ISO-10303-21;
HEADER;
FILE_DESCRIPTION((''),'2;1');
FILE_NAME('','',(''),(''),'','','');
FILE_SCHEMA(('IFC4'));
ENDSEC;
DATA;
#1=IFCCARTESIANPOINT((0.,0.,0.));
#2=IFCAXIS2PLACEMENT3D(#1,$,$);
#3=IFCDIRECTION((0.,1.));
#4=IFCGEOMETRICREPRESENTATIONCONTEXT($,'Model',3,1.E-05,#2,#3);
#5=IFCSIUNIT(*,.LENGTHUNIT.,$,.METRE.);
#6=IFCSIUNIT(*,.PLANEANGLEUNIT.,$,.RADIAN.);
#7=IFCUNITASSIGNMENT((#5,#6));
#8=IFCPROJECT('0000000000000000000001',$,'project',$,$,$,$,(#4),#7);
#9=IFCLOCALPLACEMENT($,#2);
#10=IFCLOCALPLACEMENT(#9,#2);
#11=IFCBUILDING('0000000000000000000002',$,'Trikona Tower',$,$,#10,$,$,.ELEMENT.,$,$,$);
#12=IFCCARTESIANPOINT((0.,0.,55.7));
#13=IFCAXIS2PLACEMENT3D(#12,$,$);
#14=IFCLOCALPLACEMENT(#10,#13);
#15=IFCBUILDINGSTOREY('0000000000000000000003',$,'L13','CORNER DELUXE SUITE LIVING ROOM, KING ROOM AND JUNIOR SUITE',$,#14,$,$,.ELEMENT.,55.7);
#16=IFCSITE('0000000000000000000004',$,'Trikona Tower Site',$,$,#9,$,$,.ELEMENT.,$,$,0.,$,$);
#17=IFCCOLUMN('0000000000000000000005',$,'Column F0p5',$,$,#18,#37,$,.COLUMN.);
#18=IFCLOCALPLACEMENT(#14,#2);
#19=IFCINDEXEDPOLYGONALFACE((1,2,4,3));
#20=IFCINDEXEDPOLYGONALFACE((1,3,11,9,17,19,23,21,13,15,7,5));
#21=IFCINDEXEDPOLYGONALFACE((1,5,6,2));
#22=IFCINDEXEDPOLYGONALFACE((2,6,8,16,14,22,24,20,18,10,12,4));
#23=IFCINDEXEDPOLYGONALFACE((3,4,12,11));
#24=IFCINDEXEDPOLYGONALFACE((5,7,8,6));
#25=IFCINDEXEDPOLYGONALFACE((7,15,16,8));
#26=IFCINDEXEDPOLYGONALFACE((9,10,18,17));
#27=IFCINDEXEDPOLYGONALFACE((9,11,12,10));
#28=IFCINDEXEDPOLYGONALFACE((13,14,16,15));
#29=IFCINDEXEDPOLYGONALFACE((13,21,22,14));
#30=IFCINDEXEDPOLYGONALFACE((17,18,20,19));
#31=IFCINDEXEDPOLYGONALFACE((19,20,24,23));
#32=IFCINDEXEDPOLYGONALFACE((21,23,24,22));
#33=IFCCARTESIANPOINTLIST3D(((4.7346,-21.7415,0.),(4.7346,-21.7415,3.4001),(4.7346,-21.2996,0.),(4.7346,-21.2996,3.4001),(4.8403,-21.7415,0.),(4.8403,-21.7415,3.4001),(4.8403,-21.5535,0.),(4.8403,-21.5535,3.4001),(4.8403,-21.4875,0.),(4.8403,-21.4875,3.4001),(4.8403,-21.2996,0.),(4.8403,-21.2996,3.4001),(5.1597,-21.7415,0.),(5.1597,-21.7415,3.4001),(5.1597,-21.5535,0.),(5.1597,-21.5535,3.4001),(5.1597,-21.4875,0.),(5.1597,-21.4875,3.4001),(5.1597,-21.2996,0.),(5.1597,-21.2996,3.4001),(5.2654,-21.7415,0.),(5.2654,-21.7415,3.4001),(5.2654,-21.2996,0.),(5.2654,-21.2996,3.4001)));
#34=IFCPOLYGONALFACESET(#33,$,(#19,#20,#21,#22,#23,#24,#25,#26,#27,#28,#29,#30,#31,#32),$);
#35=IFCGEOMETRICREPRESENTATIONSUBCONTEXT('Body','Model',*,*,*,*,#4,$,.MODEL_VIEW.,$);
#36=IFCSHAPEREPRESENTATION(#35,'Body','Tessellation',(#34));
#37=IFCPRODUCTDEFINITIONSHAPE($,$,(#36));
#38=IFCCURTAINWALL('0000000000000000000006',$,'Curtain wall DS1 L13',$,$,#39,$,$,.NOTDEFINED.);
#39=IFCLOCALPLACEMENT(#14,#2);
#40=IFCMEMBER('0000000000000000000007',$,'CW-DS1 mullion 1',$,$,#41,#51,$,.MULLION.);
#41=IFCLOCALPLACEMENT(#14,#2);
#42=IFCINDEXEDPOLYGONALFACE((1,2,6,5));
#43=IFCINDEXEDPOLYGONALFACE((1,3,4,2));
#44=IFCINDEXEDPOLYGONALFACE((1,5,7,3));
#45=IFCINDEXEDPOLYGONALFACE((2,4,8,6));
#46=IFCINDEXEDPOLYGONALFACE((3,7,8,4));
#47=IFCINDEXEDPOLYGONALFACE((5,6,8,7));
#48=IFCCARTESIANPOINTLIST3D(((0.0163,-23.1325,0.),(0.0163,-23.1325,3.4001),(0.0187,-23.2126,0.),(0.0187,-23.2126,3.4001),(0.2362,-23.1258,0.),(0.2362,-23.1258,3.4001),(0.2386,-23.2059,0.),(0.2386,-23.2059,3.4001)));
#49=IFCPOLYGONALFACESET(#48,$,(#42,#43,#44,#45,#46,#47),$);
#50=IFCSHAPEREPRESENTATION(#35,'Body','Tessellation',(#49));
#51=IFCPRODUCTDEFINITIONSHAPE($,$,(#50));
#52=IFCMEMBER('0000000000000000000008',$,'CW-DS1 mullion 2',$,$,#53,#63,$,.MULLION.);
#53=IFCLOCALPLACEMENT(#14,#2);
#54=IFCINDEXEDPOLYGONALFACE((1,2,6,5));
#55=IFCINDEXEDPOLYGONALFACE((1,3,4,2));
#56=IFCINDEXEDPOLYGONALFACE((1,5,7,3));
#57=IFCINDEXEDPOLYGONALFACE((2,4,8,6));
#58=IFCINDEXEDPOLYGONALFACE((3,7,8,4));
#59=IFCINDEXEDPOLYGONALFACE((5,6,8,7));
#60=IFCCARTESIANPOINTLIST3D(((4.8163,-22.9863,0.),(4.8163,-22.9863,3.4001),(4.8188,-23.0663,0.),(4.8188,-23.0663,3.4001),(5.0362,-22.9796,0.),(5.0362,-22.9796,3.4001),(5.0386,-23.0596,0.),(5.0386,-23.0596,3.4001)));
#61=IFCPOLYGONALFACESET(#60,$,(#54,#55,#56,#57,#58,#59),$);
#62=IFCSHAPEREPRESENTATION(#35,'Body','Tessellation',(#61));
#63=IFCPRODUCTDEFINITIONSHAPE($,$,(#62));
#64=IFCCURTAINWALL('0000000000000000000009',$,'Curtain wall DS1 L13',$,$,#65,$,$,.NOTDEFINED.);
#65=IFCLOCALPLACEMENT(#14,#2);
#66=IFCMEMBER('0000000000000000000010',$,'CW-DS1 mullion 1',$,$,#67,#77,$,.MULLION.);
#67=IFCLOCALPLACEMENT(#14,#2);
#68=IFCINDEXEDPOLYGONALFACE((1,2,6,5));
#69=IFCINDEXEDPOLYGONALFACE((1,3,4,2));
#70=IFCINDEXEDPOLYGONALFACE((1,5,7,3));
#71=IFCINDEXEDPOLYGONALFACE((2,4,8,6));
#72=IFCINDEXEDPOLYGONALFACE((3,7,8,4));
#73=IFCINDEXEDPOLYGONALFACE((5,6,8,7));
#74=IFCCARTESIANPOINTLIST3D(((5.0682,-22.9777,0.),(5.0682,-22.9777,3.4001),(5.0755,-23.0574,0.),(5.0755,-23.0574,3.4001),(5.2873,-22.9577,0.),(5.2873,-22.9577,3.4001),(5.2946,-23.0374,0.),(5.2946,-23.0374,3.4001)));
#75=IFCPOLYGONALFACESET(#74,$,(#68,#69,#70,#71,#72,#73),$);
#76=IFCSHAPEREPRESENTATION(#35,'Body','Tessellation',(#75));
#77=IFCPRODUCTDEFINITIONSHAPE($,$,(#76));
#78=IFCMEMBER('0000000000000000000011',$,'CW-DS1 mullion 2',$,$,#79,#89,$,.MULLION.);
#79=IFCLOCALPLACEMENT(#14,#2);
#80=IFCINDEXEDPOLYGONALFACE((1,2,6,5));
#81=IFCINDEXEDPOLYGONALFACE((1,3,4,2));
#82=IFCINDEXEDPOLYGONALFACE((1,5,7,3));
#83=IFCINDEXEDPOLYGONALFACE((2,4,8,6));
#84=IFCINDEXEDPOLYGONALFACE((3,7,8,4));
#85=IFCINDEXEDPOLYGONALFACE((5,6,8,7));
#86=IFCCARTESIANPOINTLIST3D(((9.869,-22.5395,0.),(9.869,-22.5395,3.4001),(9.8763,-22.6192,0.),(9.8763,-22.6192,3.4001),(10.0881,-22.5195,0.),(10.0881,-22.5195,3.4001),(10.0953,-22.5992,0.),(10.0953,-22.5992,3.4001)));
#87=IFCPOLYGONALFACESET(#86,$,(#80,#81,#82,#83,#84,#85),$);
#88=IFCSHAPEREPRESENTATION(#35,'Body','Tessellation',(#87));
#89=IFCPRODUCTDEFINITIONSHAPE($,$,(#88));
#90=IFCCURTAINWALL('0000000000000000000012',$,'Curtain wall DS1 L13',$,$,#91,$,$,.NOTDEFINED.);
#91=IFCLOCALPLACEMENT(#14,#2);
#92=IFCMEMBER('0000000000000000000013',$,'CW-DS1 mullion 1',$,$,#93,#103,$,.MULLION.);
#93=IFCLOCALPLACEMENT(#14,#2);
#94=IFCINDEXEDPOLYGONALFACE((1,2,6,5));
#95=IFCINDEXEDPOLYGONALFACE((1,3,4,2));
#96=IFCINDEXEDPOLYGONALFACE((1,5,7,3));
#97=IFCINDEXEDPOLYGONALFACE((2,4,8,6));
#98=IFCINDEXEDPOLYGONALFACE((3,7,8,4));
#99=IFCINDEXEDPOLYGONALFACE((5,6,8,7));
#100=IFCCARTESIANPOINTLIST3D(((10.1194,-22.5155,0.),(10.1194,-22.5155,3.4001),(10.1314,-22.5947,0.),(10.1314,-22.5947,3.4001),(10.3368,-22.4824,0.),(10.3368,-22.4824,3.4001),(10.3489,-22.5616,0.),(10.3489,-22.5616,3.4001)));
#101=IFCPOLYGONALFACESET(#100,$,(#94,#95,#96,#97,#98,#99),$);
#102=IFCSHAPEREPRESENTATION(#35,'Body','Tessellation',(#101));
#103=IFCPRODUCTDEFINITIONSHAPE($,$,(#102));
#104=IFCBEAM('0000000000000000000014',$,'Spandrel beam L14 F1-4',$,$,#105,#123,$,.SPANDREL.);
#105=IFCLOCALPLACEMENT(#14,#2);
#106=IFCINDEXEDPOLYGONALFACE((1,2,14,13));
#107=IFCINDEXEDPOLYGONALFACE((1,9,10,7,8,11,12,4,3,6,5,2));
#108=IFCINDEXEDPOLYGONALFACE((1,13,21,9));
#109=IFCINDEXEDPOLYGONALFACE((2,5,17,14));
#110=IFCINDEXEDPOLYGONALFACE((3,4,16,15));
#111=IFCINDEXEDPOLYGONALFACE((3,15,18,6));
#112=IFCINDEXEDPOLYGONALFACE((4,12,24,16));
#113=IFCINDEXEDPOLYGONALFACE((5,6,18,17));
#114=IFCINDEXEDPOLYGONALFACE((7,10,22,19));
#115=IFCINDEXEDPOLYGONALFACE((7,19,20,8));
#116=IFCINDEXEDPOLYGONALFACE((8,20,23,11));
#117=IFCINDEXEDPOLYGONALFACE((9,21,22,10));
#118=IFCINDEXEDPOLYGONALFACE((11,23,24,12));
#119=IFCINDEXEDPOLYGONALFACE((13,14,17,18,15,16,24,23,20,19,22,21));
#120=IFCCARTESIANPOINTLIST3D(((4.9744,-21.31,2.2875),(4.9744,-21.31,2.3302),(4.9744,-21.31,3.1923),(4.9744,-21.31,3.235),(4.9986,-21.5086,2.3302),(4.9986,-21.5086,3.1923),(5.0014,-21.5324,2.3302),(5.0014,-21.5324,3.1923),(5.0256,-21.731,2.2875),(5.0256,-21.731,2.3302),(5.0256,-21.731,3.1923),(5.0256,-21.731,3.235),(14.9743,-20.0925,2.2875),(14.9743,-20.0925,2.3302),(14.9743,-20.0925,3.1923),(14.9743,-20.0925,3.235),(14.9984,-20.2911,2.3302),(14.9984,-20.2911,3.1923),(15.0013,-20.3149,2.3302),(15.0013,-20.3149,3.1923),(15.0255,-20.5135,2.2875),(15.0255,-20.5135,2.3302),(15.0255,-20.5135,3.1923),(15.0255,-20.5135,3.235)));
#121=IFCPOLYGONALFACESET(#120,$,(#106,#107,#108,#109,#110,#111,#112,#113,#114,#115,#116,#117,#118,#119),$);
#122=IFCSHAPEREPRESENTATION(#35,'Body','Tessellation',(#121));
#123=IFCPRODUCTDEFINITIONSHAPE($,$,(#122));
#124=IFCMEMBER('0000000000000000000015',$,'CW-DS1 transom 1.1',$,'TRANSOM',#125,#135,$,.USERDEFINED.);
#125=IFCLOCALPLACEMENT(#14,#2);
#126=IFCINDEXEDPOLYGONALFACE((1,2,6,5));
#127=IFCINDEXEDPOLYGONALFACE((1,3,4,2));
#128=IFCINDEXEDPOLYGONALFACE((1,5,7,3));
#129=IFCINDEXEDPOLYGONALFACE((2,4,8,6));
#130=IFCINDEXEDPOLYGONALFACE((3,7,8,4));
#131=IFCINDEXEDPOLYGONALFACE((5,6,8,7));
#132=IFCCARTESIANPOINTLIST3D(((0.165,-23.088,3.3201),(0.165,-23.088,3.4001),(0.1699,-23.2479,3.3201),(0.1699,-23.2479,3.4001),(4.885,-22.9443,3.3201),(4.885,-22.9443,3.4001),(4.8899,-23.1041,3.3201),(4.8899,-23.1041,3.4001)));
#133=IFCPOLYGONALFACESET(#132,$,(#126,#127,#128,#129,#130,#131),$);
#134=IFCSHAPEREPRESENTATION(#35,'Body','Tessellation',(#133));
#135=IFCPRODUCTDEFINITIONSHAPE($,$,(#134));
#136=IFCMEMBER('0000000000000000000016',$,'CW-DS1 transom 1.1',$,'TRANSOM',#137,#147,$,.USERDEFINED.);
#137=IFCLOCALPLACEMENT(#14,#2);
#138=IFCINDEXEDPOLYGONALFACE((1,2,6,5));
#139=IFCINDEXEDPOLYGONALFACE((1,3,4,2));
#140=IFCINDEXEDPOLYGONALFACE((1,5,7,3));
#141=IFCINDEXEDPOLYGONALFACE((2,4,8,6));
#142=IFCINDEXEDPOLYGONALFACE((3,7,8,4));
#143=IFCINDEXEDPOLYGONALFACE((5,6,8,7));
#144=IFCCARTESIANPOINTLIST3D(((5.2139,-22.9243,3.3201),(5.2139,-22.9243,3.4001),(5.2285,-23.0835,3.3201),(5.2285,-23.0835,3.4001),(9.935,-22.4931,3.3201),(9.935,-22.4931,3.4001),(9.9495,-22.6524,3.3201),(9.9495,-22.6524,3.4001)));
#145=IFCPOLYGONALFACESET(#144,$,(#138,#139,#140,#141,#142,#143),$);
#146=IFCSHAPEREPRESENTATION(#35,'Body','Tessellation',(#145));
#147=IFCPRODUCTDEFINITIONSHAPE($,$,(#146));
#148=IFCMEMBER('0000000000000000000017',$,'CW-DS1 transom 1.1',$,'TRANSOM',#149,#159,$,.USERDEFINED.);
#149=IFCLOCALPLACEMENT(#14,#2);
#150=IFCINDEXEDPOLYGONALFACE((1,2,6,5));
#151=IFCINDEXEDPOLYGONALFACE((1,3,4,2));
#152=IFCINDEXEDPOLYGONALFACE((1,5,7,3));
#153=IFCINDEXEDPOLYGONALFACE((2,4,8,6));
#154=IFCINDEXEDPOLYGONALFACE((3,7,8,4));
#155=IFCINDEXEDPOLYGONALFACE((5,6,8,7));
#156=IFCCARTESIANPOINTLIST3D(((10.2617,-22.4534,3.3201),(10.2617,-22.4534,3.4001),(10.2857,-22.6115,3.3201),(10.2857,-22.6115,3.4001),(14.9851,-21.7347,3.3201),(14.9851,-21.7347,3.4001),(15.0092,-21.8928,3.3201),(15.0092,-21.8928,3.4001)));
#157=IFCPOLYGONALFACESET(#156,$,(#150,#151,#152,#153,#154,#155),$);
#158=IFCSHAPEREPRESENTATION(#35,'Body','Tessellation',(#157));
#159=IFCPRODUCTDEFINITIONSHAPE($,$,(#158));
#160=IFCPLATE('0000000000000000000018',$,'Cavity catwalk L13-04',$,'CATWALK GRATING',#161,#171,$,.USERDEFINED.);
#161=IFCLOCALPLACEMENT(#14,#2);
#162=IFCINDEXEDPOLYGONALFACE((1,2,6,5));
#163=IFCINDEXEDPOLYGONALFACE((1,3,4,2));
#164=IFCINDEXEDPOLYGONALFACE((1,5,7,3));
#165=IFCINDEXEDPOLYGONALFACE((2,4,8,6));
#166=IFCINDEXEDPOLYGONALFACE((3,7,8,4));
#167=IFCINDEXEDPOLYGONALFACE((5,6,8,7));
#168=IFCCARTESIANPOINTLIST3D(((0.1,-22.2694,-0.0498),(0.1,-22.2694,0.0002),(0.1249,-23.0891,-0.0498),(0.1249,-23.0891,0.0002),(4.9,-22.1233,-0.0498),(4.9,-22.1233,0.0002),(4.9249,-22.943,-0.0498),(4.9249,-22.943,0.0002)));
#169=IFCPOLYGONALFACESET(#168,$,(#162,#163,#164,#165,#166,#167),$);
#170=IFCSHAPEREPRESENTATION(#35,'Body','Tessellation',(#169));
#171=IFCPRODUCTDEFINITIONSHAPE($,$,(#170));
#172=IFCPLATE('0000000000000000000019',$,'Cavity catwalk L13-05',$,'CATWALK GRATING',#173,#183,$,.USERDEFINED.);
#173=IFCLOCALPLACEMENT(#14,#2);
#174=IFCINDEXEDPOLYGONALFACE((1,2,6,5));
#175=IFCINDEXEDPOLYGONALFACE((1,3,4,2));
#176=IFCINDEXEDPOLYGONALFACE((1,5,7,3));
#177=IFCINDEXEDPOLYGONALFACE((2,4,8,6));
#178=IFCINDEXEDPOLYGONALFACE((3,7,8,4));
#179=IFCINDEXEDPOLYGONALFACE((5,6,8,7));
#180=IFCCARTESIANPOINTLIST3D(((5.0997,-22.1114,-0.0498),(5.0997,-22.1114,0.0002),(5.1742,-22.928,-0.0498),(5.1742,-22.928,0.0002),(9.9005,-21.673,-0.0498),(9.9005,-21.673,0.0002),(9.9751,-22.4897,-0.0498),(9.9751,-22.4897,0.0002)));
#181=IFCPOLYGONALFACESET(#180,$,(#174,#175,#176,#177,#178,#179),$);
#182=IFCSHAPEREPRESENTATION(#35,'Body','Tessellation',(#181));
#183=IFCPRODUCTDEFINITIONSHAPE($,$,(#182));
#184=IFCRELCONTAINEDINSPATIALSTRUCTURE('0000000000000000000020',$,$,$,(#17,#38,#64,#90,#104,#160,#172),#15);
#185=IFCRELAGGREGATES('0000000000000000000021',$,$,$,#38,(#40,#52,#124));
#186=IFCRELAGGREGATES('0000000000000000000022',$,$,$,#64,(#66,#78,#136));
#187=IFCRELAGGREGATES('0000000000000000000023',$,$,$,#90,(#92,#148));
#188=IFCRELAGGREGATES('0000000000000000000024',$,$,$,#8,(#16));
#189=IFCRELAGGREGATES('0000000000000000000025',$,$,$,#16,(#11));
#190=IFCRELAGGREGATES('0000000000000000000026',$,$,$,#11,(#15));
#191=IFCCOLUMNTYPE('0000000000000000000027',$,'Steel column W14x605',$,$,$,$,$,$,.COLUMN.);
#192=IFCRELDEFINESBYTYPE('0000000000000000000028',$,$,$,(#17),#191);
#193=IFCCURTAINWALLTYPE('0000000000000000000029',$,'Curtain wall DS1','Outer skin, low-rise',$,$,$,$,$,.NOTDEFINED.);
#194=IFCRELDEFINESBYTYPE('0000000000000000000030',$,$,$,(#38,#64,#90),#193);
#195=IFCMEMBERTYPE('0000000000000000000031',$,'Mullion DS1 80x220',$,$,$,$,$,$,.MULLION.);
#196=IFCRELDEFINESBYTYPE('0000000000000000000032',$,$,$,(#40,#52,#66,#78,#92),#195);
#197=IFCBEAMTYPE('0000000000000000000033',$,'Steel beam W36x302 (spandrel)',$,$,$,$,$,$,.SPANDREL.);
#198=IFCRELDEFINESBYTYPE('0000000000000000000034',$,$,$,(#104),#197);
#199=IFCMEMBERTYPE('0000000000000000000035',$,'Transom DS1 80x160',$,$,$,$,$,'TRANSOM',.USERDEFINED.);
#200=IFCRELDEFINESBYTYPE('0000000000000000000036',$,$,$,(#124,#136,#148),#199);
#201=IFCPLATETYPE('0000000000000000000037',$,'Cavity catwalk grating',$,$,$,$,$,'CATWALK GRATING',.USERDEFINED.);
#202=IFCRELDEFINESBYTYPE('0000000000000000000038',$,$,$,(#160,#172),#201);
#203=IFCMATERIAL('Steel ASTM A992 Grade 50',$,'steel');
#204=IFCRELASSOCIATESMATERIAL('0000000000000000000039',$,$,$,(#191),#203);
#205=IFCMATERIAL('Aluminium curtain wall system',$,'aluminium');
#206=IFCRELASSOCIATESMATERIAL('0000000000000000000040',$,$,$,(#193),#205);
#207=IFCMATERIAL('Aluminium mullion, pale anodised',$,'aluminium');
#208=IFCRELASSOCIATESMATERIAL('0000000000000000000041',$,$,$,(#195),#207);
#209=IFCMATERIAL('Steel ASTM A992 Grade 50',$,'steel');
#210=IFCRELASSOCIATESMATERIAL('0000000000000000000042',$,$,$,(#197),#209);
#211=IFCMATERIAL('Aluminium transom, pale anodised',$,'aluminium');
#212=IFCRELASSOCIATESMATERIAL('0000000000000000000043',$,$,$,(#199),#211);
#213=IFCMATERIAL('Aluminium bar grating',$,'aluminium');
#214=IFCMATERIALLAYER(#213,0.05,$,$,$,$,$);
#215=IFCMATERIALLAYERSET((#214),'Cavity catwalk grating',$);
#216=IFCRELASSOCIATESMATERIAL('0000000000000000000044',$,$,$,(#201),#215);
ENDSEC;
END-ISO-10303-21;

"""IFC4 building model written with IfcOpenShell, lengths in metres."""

from ifc_helpers import new_model, si_unit, direction, frame, origin, origin_2d, place, context, subcontext, project, spatial, rectangle, i_section, extrude, material, layer, layer_set, material_profile, profile_set, type_object, element, aggregate, save


model = new_model("IFC4")

# Units and contexts
model_context = context("Model", 3, precision=1e-05, world=origin(), true_north=direction((0.0, 1.0)))
body_context = subcontext(model_context, "Body", "Model", "MODEL_VIEW")
ifc_project = project(units=[si_unit("LENGTHUNIT", "METRE"), si_unit("PLANEANGLEUNIT", "RADIAN")], contexts=[model_context])

# Site, building, storey
site_placement = place(None, origin())
site = spatial("IfcSite", under=ifc_project, at=site_placement, Name="Trikona Tower Site", CompositionType="ELEMENT", RefElevation=0.0)
building_placement = place(site_placement, origin())
building = spatial("IfcBuilding", under=site, at=building_placement, Name="Trikona Tower", CompositionType="ELEMENT")
storey_placement = place(building_placement, frame((0.0, 0.0, 55.7)))
storey = spatial("IfcBuildingStorey", under=building, at=storey_placement, Name="L13", Description="CORNER DELUXE SUITE LIVING ROOM, KING ROOM AND JUNIOR SUITE", CompositionType="ELEMENT", Elevation=55.7)

# Column
ifc_material_1 = material(Name="Steel ASTM A992 Grade 50", Category="steel")
ifc_material_profile_1 = material_profile(ifc_material_1, i_section(OverallWidth=0.4419, OverallDepth=0.5308, WebThickness=0.0659, FlangeThickness=0.1057, at=origin_2d()), Name="W14X605")
ifc_profile_set_1 = profile_set([ifc_material_profile_1], Name="Steel ASTM A992 Grade 50")
column_type = type_object("IfcColumnType", Name="Steel column W14x605", PredefinedType="COLUMN", material=ifc_profile_set_1)
column_placement = place(storey_placement, frame((5.0, -21.5205, 0.0), z_axis=(0.0, 0.0, 1.0), x_axis=(0.0, -1.0, 0.0)))
element("IfcColumn", 1, at=column_placement, inside=storey, type_object=column_type, Name="Column F0p5", PredefinedType="COLUMN", context=body_context, shape_type="SweptSolid", body=[
    extrude(i_section(OverallWidth=0.4419, OverallDepth=0.5308, WebThickness=0.0659, FlangeThickness=0.1057, at=origin_2d()), origin(), (0.0, 0.0, 1.0), 3.4001),
])

# Curtain walls, members
ifc_material_2 = material(Name="Aluminium curtain wall system", Category="aluminium")
curtain_wall_type = type_object("IfcCurtainWallType", Name="Curtain wall DS1", Description="Outer skin, low-rise", PredefinedType="NOTDEFINED", material=ifc_material_2)
curtain_wall_1_placement = place(storey_placement, origin())
curtain_wall_1 = element("IfcCurtainWall", 2, at=curtain_wall_1_placement, inside=storey, type_object=curtain_wall_type, Name="Curtain wall DS1 L13", PredefinedType="NOTDEFINED")
ifc_material_3 = material(Name="Aluminium mullion, pale anodised", Category="aluminium")
ifc_material_profile_2 = material_profile(ifc_material_3, rectangle(XDim=0.0801, YDim=0.22, at=origin_2d()), Name="MUL-DS1")
ifc_profile_set_2 = profile_set([ifc_material_profile_2], Name="Aluminium mullion, pale anodised")
member_type_1 = type_object("IfcMemberType", Name="Mullion DS1 80x220", PredefinedType="MULLION", material=ifc_profile_set_2)
member_1_placement = place(storey_placement, frame((0.1274, -23.1692, 0.0), z_axis=(0.0, 0.0, 1.0), x_axis=(-0.030437, 0.999537, 0.0)))
member_1 = element("IfcMember", 3, at=member_1_placement, type_object=member_type_1, Name="CW-DS1 mullion 1", PredefinedType="MULLION", context=body_context, shape_type="SweptSolid", body=[
    extrude(rectangle(XDim=0.0801, YDim=0.22, at=origin_2d()), origin(), (0.0, 0.0, 1.0), 3.4001),
])
member_2_placement = place(storey_placement, frame((4.9275, -23.0229, 0.0), z_axis=(0.0, 0.0, 1.0), x_axis=(-0.030437, 0.999537, 0.0)))
member_2 = element("IfcMember", 4, at=member_2_placement, type_object=member_type_1, Name="CW-DS1 mullion 2", PredefinedType="MULLION", context=body_context, shape_type="SweptSolid", body=[
    extrude(rectangle(XDim=0.0801, YDim=0.22, at=origin_2d()), origin(), (0.0, 0.0, 1.0), 3.4001),
])
curtain_wall_2_placement = place(storey_placement, origin())
curtain_wall_2 = element("IfcCurtainWall", 5, at=curtain_wall_2_placement, inside=storey, type_object=curtain_wall_type, Name="Curtain wall DS1 L13", PredefinedType="NOTDEFINED")
member_3_placement = place(storey_placement, frame((5.1814, -23.0076, 0.0), z_axis=(0.0, 0.0, 1.0), x_axis=(-0.090924, 0.995858, 0.0)))
member_3 = element("IfcMember", 6, at=member_3_placement, type_object=member_type_1, Name="CW-DS1 mullion 1", PredefinedType="MULLION", context=body_context, shape_type="SweptSolid", body=[
    extrude(rectangle(XDim=0.0801, YDim=0.22, at=origin_2d()), origin(), (0.0, 0.0, 1.0), 3.4001),
])
member_4_placement = place(storey_placement, frame((9.9822, -22.5693, 0.0), z_axis=(0.0, 0.0, 1.0), x_axis=(-0.090924, 0.995858, 0.0)))
member_4 = element("IfcMember", 7, at=member_4_placement, type_object=member_type_1, Name="CW-DS1 mullion 2", PredefinedType="MULLION", context=body_context, shape_type="SweptSolid", body=[
    extrude(rectangle(XDim=0.0801, YDim=0.22, at=origin_2d()), origin(), (0.0, 0.0, 1.0), 3.4001),
])

# Curtain wall, member
curtain_wall_3_placement = place(storey_placement, origin())
curtain_wall_3 = element("IfcCurtainWall", 8, at=curtain_wall_3_placement, inside=storey, type_object=curtain_wall_type, Name="Curtain wall DS1 L13", PredefinedType="NOTDEFINED")
member_5_placement = place(storey_placement, frame((10.2341, -22.5386, 0.0), z_axis=(0.0, 0.0, 1.0), x_axis=(-0.150438, 0.988619, 0.0)))
member_5 = element("IfcMember", 9, at=member_5_placement, type_object=member_type_1, Name="CW-DS1 mullion 1", PredefinedType="MULLION", context=body_context, shape_type="SweptSolid", body=[
    extrude(rectangle(XDim=0.0801, YDim=0.22, at=origin_2d()), origin(), (0.0, 0.0, 1.0), 3.4001),
])

# Beam
ifc_material_4 = material(Name="Steel ASTM A992 Grade 50", Category="steel")
ifc_material_profile_3 = material_profile(ifc_material_4, i_section(OverallWidth=0.4241, OverallDepth=0.9475, WebThickness=0.0239, FlangeThickness=0.0427, at=origin_2d()), Name="W36X302")
ifc_profile_set_3 = profile_set([ifc_material_profile_3], Name="Steel ASTM A992 Grade 50")
beam_type = type_object("IfcBeamType", Name="Steel beam W36x302 (spandrel)", PredefinedType="SPANDREL", material=ifc_profile_set_3)
beam_placement = place(storey_placement, frame((5.0, -21.5205, 2.7612), z_axis=(0.99267, 0.12086, 0.0), x_axis=(-0.12086, 0.99267, 0.0)))
element("IfcBeam", 10, at=beam_placement, inside=storey, type_object=beam_type, Name="Spandrel beam L14 F1-4", PredefinedType="SPANDREL", context=body_context, shape_type="SweptSolid", body=[
    extrude(i_section(OverallWidth=0.4241, OverallDepth=0.9475, WebThickness=0.0239, FlangeThickness=0.0427, at=origin_2d()), origin(), (0.0, 0.0, 1.0), 10.0737),
])

# Members
ifc_material_5 = material(Name="Aluminium transom, pale anodised", Category="aluminium")
ifc_material_profile_4 = material_profile(ifc_material_5, rectangle(XDim=0.1599, YDim=0.0801, at=origin_2d()), Name="TRN-DS1")
ifc_profile_set_4 = profile_set([ifc_material_profile_4], Name="Aluminium transom, pale anodised")
member_type_2 = type_object("IfcMemberType", Name="Transom DS1 80x160", ElementType="TRANSOM", PredefinedType="USERDEFINED", material=ifc_profile_set_4)
member_6_placement = place(storey_placement, frame((0.1675, -23.168, 3.3601), z_axis=(0.999536, 0.030452, 0.0), x_axis=(-0.030452, 0.999536, 0.0)))
member_6 = element("IfcMember", 11, at=member_6_placement, type_object=member_type_2, Name="CW-DS1 transom 1.1", ObjectType="TRANSOM", PredefinedType="USERDEFINED", context=body_context, shape_type="SweptSolid", body=[
    extrude(rectangle(XDim=0.1599, YDim=0.0801, at=origin_2d()), origin(), (0.0, 0.0, 1.0), 4.7222),
])
member_7_placement = place(storey_placement, frame((5.2212, -23.0039, 3.3601), z_axis=(0.995856, 0.090944, 0.0), x_axis=(-0.090944, 0.995856, 0.0)))
member_7 = element("IfcMember", 12, at=member_7_placement, type_object=member_type_2, Name="CW-DS1 transom 1.1", ObjectType="TRANSOM", PredefinedType="USERDEFINED", context=body_context, shape_type="SweptSolid", body=[
    extrude(rectangle(XDim=0.1599, YDim=0.0801, at=origin_2d()), origin(), (0.0, 0.0, 1.0), 4.7407),
])
member_8_placement = place(storey_placement, frame((10.2737, -22.5325, 3.3601), z_axis=(0.98862, 0.150437, 0.0), x_axis=(-0.150437, 0.98862, 0.0)))
member_8 = element("IfcMember", 13, at=member_8_placement, type_object=member_type_2, Name="CW-DS1 transom 1.1", ObjectType="TRANSOM", PredefinedType="USERDEFINED", context=body_context, shape_type="SweptSolid", body=[
    extrude(rectangle(XDim=0.1599, YDim=0.0801, at=origin_2d()), origin(), (0.0, 0.0, 1.0), 4.7778),
])

# Plates
ifc_material_6 = material(Name="Aluminium bar grating", Category="aluminium")
ifc_layer_1 = layer(ifc_material_6, 0.05)
ifc_layer_set_1 = layer_set([ifc_layer_1], Name="Cavity catwalk grating")
plate_type_1 = type_object("IfcPlateType", Name="Cavity catwalk grating", ElementType="CATWALK GRATING", PredefinedType="USERDEFINED", material=ifc_layer_set_1)
plate_1_placement = place(storey_placement, frame((2.5125, -22.6062, -0.0498), z_axis=(0.0, 0.0, 1.0), x_axis=(0.999537, 0.030425, 0.0)))
element("IfcPlate", 14, at=plate_1_placement, inside=storey, type_object=plate_type_1, Name="Cavity catwalk L13-04", ObjectType="CATWALK GRATING", PredefinedType="USERDEFINED", context=body_context, shape_type="SweptSolid", body=[
    extrude(rectangle(XDim=4.8022, YDim=0.8201, at=origin_2d()), origin(), (0.0, 0.0, 1.0), 0.05),
])
plate_2_placement = place(storey_placement, frame((7.5374, -22.3005, -0.0498), z_axis=(0.0, 0.0, 1.0), x_axis=(0.995858, 0.090921, 0.0)))
element("IfcPlate", 15, at=plate_2_placement, inside=storey, type_object=plate_type_1, Name="Cavity catwalk L13-05", ObjectType="CATWALK GRATING", PredefinedType="USERDEFINED", context=body_context, shape_type="SweptSolid", body=[
    extrude(rectangle(XDim=4.8208, YDim=0.8201, at=origin_2d()), origin(), (0.0, 0.0, 1.0), 0.05),
])

aggregate(curtain_wall_1, [member_1, member_2, member_6])
aggregate(curtain_wall_2, [member_3, member_4, member_7])
aggregate(curtain_wall_3, [member_5, member_8])

save(model, "model.ifc")
